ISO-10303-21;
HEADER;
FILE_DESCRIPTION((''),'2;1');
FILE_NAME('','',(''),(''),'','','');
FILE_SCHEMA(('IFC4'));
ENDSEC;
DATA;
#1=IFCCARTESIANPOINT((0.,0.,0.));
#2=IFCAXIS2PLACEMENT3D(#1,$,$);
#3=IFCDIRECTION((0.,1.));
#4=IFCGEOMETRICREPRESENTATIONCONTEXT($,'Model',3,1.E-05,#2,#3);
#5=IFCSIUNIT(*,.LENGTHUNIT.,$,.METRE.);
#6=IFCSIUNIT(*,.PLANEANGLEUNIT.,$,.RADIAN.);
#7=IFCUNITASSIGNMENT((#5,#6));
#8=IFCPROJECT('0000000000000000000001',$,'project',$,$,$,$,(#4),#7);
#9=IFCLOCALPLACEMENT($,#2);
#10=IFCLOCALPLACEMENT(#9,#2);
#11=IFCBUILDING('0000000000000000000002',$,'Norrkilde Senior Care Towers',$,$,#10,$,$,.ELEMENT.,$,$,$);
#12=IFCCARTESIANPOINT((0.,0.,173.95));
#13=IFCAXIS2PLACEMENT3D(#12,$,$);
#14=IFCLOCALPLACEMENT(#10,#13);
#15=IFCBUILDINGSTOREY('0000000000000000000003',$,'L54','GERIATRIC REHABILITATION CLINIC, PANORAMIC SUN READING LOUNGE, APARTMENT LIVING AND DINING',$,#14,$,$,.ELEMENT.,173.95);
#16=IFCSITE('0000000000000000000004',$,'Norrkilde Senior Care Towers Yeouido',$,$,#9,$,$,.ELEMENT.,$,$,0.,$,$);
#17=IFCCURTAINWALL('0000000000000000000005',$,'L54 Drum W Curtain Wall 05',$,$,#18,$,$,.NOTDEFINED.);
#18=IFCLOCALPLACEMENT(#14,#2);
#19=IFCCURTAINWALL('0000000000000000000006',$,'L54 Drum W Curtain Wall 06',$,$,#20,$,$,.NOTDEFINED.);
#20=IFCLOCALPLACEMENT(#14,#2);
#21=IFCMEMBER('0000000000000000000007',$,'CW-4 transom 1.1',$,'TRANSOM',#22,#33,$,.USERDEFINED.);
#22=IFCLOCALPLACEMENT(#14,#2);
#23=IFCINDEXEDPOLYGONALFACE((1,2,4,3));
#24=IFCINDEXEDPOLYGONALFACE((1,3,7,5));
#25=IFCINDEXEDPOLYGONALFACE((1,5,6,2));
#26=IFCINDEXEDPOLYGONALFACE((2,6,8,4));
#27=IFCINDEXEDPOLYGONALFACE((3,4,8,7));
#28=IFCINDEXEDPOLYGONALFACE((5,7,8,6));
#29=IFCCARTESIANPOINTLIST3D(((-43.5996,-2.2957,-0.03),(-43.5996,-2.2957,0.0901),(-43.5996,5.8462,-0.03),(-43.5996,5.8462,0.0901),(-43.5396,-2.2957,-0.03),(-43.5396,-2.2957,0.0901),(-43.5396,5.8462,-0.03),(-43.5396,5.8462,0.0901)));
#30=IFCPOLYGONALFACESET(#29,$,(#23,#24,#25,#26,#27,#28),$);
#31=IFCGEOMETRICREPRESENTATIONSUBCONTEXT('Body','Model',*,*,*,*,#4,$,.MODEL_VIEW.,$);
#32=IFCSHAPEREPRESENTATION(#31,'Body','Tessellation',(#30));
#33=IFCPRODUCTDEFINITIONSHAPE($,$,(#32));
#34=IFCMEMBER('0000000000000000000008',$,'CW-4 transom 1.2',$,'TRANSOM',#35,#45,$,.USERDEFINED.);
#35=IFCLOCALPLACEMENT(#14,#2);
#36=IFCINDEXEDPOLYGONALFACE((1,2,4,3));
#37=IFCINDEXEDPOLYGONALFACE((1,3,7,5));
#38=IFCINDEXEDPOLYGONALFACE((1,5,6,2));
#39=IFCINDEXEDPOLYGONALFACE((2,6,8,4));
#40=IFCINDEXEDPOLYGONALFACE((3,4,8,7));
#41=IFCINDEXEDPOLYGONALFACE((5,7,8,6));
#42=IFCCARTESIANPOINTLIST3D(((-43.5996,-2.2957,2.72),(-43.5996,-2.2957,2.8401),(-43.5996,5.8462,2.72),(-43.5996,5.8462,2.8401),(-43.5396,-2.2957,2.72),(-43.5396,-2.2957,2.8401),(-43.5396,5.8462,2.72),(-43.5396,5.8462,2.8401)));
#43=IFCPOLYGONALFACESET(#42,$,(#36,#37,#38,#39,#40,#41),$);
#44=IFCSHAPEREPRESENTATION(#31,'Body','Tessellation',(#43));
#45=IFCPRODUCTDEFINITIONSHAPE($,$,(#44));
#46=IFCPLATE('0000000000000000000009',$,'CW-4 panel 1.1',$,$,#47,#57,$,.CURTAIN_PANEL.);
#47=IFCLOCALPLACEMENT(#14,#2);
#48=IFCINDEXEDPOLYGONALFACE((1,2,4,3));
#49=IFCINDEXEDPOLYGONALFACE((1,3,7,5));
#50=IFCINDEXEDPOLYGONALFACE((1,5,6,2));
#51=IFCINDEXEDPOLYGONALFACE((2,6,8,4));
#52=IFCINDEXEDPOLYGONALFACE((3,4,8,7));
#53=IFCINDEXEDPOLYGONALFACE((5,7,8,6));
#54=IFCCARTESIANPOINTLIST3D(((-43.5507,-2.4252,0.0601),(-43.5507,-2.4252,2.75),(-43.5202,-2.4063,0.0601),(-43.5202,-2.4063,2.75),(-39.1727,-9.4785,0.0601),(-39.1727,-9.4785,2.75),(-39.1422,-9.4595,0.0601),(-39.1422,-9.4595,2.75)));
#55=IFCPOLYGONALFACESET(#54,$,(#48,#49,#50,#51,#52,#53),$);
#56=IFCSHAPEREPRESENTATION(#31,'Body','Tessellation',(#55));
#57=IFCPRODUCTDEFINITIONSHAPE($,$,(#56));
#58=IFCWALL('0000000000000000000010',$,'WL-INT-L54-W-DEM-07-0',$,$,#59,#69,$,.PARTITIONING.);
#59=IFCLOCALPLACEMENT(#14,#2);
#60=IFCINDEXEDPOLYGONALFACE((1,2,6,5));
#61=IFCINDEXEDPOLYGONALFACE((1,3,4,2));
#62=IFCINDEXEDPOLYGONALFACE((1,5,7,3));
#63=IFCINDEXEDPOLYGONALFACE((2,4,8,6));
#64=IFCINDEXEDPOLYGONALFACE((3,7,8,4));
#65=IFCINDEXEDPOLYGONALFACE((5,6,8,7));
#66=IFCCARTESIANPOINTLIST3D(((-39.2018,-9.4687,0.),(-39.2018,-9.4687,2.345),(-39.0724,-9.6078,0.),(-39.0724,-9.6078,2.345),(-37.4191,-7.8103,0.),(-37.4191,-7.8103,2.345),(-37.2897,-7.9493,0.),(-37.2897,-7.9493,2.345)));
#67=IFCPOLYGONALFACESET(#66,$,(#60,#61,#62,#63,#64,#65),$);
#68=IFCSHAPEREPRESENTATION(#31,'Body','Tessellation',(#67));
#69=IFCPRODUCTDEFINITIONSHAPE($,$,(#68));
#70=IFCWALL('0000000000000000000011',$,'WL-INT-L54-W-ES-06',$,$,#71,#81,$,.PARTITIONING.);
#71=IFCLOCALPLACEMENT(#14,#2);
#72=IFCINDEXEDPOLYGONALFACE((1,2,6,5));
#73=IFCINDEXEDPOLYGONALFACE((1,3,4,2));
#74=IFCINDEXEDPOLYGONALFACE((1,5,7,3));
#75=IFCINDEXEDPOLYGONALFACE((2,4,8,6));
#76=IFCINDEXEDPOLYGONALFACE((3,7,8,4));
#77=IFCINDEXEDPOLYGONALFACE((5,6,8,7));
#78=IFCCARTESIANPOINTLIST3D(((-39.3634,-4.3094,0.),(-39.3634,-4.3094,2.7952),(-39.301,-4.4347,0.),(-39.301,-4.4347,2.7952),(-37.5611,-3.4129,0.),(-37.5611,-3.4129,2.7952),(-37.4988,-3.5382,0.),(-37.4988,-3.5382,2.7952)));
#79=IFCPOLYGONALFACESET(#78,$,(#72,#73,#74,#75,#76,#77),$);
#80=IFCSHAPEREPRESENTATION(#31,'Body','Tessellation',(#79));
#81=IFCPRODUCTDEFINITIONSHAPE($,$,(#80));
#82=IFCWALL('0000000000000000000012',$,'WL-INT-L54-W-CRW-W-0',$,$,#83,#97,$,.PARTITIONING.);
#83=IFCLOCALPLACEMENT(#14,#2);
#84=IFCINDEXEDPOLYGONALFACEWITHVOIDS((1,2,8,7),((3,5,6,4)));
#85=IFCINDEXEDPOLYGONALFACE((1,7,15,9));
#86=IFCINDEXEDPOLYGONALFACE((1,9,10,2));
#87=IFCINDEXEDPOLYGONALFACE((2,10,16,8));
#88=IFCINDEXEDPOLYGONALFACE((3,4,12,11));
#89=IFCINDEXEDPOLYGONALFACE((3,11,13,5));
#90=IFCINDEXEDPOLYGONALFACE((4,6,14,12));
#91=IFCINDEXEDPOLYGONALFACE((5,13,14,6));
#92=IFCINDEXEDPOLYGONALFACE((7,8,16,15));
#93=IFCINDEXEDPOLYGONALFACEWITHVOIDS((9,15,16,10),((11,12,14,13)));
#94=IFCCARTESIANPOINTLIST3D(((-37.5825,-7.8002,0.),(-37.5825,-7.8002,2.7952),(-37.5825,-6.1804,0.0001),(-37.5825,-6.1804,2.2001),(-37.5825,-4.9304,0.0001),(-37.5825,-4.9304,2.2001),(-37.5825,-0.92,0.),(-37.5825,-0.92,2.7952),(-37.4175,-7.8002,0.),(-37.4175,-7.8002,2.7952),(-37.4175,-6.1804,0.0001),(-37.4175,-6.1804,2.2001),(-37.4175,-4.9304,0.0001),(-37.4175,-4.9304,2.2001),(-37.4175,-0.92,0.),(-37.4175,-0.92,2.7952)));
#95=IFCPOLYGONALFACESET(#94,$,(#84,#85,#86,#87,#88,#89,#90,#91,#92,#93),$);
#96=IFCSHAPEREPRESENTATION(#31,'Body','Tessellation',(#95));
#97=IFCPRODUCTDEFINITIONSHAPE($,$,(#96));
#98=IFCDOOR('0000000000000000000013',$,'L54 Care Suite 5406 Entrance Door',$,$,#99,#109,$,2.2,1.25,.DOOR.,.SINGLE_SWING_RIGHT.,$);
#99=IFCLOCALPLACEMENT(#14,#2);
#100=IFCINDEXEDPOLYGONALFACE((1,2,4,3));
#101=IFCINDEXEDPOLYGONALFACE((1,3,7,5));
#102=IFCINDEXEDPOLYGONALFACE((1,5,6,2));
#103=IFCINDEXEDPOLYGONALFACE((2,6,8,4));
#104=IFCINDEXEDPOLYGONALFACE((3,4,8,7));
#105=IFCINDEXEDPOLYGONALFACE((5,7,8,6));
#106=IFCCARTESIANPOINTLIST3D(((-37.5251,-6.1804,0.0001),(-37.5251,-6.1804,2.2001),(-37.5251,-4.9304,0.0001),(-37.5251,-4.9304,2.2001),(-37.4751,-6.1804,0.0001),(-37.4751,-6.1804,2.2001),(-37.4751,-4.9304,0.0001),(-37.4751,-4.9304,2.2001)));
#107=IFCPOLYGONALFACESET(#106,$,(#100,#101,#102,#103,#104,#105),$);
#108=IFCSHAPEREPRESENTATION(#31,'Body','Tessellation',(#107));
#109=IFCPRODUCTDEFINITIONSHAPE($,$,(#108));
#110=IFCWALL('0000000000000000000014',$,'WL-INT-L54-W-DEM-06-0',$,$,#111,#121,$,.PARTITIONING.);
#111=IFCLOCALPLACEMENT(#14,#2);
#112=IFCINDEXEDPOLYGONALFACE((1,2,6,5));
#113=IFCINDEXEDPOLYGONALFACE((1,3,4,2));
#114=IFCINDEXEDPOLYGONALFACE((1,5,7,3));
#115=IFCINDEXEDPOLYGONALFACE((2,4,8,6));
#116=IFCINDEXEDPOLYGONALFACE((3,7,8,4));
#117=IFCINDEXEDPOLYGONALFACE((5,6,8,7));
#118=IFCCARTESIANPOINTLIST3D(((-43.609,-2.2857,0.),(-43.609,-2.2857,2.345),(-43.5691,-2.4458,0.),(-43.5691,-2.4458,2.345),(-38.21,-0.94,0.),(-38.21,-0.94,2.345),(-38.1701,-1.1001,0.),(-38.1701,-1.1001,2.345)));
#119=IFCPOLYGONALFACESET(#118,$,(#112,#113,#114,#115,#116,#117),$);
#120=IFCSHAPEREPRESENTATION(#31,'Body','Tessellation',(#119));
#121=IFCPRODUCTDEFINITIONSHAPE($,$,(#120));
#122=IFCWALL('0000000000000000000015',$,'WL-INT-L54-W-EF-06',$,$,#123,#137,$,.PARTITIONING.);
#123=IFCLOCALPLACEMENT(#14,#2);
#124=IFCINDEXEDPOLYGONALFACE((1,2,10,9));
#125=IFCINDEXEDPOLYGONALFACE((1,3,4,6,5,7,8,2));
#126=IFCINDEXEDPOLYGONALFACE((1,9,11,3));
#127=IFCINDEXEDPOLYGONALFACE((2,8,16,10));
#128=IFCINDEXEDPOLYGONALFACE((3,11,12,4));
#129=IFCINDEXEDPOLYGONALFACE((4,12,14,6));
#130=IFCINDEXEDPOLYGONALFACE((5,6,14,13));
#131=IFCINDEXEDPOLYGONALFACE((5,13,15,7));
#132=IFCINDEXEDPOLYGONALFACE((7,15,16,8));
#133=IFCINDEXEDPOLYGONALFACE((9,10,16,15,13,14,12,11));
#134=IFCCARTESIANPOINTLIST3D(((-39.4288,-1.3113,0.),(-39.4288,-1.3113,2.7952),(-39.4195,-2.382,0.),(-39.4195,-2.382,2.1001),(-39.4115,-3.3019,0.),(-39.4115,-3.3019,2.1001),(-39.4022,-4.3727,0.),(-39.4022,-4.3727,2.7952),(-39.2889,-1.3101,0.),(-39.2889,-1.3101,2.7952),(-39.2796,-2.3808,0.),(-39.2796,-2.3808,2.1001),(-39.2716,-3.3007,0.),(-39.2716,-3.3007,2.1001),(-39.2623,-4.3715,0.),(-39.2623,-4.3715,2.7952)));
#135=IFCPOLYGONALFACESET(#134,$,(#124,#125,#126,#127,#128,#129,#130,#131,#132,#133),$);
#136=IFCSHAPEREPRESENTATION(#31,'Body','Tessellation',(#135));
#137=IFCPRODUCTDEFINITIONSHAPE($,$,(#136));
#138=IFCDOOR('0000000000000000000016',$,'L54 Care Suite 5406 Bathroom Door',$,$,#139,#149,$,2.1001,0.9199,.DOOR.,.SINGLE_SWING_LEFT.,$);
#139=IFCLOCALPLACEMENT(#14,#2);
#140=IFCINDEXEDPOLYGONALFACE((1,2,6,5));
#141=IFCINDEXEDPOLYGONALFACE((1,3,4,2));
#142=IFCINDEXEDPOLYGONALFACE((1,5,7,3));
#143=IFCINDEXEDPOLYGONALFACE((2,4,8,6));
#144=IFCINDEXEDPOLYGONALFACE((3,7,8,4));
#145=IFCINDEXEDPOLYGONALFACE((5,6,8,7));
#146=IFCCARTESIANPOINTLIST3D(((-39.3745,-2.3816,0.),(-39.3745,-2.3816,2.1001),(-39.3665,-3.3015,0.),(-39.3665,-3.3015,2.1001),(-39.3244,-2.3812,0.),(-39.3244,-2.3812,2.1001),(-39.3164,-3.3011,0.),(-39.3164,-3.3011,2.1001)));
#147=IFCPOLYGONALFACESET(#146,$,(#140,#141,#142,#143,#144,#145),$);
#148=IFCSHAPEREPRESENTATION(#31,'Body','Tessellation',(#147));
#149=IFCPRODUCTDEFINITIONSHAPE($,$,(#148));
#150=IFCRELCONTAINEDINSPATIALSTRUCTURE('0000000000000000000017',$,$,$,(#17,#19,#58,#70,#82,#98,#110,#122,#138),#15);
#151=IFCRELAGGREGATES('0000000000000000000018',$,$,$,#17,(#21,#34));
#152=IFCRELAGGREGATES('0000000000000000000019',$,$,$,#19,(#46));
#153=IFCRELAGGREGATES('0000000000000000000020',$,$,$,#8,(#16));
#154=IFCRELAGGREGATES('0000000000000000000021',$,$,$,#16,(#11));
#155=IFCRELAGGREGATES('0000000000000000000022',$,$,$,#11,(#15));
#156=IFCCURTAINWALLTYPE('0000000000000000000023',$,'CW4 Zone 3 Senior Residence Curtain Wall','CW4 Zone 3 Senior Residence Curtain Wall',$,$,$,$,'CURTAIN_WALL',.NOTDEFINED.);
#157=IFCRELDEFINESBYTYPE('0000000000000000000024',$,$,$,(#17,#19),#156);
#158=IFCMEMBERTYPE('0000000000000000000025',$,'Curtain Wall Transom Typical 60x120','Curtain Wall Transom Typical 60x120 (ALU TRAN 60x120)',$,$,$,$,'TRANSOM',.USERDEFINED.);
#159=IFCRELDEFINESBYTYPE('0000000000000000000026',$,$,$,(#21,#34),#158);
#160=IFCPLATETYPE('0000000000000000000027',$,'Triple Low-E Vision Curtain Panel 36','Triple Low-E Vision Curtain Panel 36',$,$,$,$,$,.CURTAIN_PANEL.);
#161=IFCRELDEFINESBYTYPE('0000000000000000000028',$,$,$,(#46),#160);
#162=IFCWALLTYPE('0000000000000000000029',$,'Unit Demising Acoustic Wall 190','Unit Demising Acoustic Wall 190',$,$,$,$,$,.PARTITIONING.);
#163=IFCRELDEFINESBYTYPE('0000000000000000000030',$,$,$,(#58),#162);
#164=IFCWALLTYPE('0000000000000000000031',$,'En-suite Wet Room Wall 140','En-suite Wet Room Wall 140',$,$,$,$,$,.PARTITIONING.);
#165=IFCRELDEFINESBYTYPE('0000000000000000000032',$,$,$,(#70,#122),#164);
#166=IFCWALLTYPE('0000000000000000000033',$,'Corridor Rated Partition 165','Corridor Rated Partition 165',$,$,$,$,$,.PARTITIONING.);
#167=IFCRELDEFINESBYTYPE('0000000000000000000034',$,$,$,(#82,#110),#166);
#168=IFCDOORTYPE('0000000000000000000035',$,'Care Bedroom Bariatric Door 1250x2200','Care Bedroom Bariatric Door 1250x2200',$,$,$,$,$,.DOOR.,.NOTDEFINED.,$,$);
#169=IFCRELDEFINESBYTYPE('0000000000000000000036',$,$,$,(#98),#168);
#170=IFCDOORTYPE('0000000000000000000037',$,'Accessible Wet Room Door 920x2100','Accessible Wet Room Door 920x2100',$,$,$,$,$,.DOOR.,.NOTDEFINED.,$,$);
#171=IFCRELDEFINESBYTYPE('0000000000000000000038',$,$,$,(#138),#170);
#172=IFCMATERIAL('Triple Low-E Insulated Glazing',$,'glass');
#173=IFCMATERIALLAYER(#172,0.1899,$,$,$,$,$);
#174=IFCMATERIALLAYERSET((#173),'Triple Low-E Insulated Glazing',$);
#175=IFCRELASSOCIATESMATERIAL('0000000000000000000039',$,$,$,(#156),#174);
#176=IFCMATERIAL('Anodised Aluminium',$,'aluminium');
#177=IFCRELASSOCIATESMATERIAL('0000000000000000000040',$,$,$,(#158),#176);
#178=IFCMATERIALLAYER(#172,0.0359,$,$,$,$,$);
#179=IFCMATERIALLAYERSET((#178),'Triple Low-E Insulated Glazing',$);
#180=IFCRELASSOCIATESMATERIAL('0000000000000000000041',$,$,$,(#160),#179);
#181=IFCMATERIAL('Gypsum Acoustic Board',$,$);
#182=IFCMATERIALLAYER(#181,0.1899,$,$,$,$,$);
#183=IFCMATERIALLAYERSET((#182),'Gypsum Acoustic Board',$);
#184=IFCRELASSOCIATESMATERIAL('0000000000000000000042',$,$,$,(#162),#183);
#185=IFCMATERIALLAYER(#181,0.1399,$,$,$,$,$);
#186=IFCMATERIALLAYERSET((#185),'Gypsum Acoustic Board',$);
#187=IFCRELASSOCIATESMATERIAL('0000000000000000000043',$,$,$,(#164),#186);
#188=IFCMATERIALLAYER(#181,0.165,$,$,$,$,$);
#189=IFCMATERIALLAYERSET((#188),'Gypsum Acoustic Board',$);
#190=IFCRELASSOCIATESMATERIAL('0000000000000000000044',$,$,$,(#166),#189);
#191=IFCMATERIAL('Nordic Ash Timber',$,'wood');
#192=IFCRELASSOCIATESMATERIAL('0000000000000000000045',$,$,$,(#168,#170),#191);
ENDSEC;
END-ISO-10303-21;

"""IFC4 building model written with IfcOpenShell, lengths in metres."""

from ifc_helpers import new_model, si_unit, direction, frame, frame_2d, origin, origin_2d, place, context, subcontext, project, spatial, rectangle, extrude, source, transform, mapped, material, layer, layer_set, material_profile, profile_set, type_object, type_shapes, element, fill, aggregate, save


model = new_model("IFC4")

# Units and contexts
model_context = context("Model", 3, precision=1e-05, world=origin(), true_north=direction((0.0, 1.0)))
body_context = subcontext(model_context, "Body", "Model", "MODEL_VIEW")
ifc_project = project(units=[si_unit("LENGTHUNIT", "METRE"), si_unit("PLANEANGLEUNIT", "RADIAN")], contexts=[model_context])

# Site, building, storey
site_placement = place(None, origin())
site = spatial("IfcSite", under=ifc_project, at=site_placement, Name="Norrkilde Senior Care Towers Yeouido", CompositionType="ELEMENT", RefElevation=0.0)
building_placement = place(site_placement, origin())
building = spatial("IfcBuilding", under=site, at=building_placement, Name="Norrkilde Senior Care Towers", CompositionType="ELEMENT")
storey_placement = place(building_placement, frame((0.0, 0.0, 173.95)))
storey = spatial("IfcBuildingStorey", under=building, at=storey_placement, Name="L54", Description="GERIATRIC REHABILITATION CLINIC, PANORAMIC SUN READING LOUNGE, APARTMENT LIVING AND DINING", CompositionType="ELEMENT", Elevation=173.95)

# Curtain wall
ifc_material_1 = material(Name="Triple Low-E Insulated Glazing", Category="glass")
ifc_layer_1 = layer(ifc_material_1, 0.1899)
ifc_layer_set_1 = layer_set([ifc_layer_1], Name="Triple Low-E Insulated Glazing")
curtain_wall_type = type_object("IfcCurtainWallType", Name="CW4 Zone 3 Senior Residence Curtain Wall", Description="CW4 Zone 3 Senior Residence Curtain Wall", ElementType="CURTAIN_WALL", PredefinedType="NOTDEFINED", material=ifc_layer_set_1)
curtain_wall_1_placement = place(storey_placement, origin())
curtain_wall_1 = element("IfcCurtainWall", 1, at=curtain_wall_1_placement, inside=storey, type_object=curtain_wall_type, Name="L54 Drum W Curtain Wall 05", PredefinedType="NOTDEFINED")
ifc_material_2 = material(Name="Anodised Aluminium", Category="aluminium")

# Curtain wall
curtain_wall_2_placement = place(storey_placement, origin())
curtain_wall_2 = element("IfcCurtainWall", 2, at=curtain_wall_2_placement, inside=storey, type_object=curtain_wall_type, Name="L54 Drum W Curtain Wall 06", PredefinedType="NOTDEFINED")

# Members
ifc_material_profile_1 = material_profile(ifc_material_2, rectangle(XDim=0.0601, YDim=0.1201, at=origin_2d()), Name="ALU TRAN 60x120")
ifc_profile_set_1 = profile_set([ifc_material_profile_1], Name="Anodised Aluminium")
member_type_1 = type_object("IfcMemberType", Name="Curtain Wall Transom Typical 60x120", Description="Curtain Wall Transom Typical 60x120 (ALU TRAN 60x120)", ElementType="TRANSOM", PredefinedType="USERDEFINED", material=ifc_profile_set_1)
shared_shape_1 = source(origin(), body_context, "Body", "SweptSolid", [
    extrude(rectangle(XDim=0.0601, YDim=0.1201, at=origin_2d()), origin(), (0.0, 0.0, 1.0), 8.1418),
])
member_1_placement = place(storey_placement, frame((-43.5696, -2.2957, 0.03), z_axis=(0.0, 1.0, 0.0), x_axis=(-1.0, 0.0, 0.0)))
member_1 = element("IfcMember", 3, at=member_1_placement, type_object=member_type_1, Name="CW-4 transom 1.1", ObjectType="TRANSOM", PredefinedType="USERDEFINED", context=body_context, shape_type="MappedRepresentation", body=[
    mapped(shared_shape_1, transform((0.0, 0.0, 0.0), x_axis=(1.0, 0.0, 0.0), y_axis=(0.0, 1.0, 0.0), z_axis=(0.0, 0.0, 1.0), scale=1.0)),
])
member_2_placement = place(storey_placement, frame((-43.5696, -2.2957, 2.78), z_axis=(0.0, 1.0, 0.0), x_axis=(-1.0, 0.0, 0.0)))
member_2 = element("IfcMember", 4, at=member_2_placement, type_object=member_type_1, Name="CW-4 transom 1.2", ObjectType="TRANSOM", PredefinedType="USERDEFINED", context=body_context, shape_type="MappedRepresentation", body=[
    mapped(shared_shape_1, transform((0.0, 0.0, 0.0), x_axis=(1.0, 0.0, 0.0), y_axis=(0.0, 1.0, 0.0), z_axis=(0.0, 0.0, 1.0), scale=1.0)),
])
aggregate(curtain_wall_1, [member_1, member_2])

# Plate
ifc_layer_2 = layer(ifc_material_1, 0.0359)
ifc_layer_set_2 = layer_set([ifc_layer_2], Name="Triple Low-E Insulated Glazing")
plate_type = type_object("IfcPlateType", Name="Triple Low-E Vision Curtain Panel 36", Description="Triple Low-E Vision Curtain Panel 36", PredefinedType="CURTAIN_PANEL", material=ifc_layer_set_2)
shared_shape_2 = source(origin(), body_context, "Body", "SweptSolid", [
    extrude(rectangle(XDim=8.3015, YDim=0.0359, at=origin_2d()), origin(), (0.0, 0.0, 1.0), 2.6899),
])
type_shapes(plate_type, [shared_shape_2])
plate_placement = place(storey_placement, frame((-41.3464, -5.9424, 0.0601), z_axis=(0.0, 0.0, 1.0), x_axis=(-0.527373, 0.849634, 0.0)))
plate = element("IfcPlate", 5, at=plate_placement, type_object=plate_type, Name="CW-4 panel 1.1", PredefinedType="CURTAIN_PANEL", context=body_context, shape_type="MappedRepresentation", body=[
    mapped(shared_shape_2, transform((0.0, 0.0, 0.0), x_axis=(1.0, 0.0, 0.0), y_axis=(0.0, 1.0, 0.0), z_axis=(0.0, 0.0, 1.0), scale=1.0)),
])
aggregate(curtain_wall_2, [plate])

# Walls
ifc_material_3 = material(Name="Gypsum Acoustic Board")
ifc_layer_3 = layer(ifc_material_3, 0.1899)
ifc_layer_set_3 = layer_set([ifc_layer_3], Name="Gypsum Acoustic Board")
wall_type_1 = type_object("IfcWallType", Name="Unit Demising Acoustic Wall 190", Description="Unit Demising Acoustic Wall 190", PredefinedType="PARTITIONING", material=ifc_layer_set_3)
shared_shape_3 = source(origin(), body_context, "Body", "SweptSolid", [
    extrude(rectangle(XDim=2.4348, YDim=0.1899, at=frame_2d((1.2173, 0.0))), origin(), (0.0, 0.0, 1.0), 2.345),
])
type_shapes(wall_type_1, [shared_shape_3])
wall_1_placement = place(storey_placement, frame((-37.3545, -7.8799, 0.0), z_axis=(0.0, 0.0, 1.0), x_axis=(-0.732165, -0.681128, 0.0)))
element("IfcWall", 6, at=wall_1_placement, inside=storey, type_object=wall_type_1, Name="WL-INT-L54-W-DEM-07-0", PredefinedType="PARTITIONING", context=body_context, shape_type="MappedRepresentation", body=[
    mapped(shared_shape_3, transform((0.0, 0.0, 0.0), x_axis=(1.0, 0.0, 0.0), y_axis=(0.0, 1.0, 0.0), z_axis=(0.0, 0.0, 1.0), scale=1.0)),
])
ifc_layer_4 = layer(ifc_material_3, 0.1399)
ifc_layer_set_4 = layer_set([ifc_layer_4], Name="Gypsum Acoustic Board")
wall_type_2 = type_object("IfcWallType", Name="En-suite Wet Room Wall 140", Description="En-suite Wet Room Wall 140", PredefinedType="PARTITIONING", material=ifc_layer_set_4)
shared_shape_4 = source(origin(), body_context, "Body", "SweptSolid", [
    extrude(rectangle(XDim=2.0129, YDim=0.1399, at=frame_2d((1.0063, 0.0))), origin(), (0.0, 0.0, 1.0), 2.7952),
])
wall_2_placement = place(storey_placement, frame((-37.53, -3.4756, 0.0), z_axis=(0.0, 0.0, 1.0), x_axis=(-0.895347, -0.445369, 0.0)))
element("IfcWall", 7, at=wall_2_placement, inside=storey, type_object=wall_type_2, Name="WL-INT-L54-W-ES-06", PredefinedType="PARTITIONING", context=body_context, shape_type="MappedRepresentation", body=[
    mapped(shared_shape_4, transform((0.0, 0.0, 0.0), x_axis=(1.0, 0.0, 0.0), y_axis=(0.0, 1.0, 0.0), z_axis=(0.0, 0.0, 1.0), scale=1.0)),
])

# Wall, opening, door
ifc_layer_5 = layer(ifc_material_3, 0.165)
ifc_layer_set_5 = layer_set([ifc_layer_5], Name="Gypsum Acoustic Board")
wall_type_3 = type_object("IfcWallType", Name="Corridor Rated Partition 165", Description="Corridor Rated Partition 165", PredefinedType="PARTITIONING", material=ifc_layer_set_5)
shared_shape_5 = source(origin(), body_context, "Body", "SweptSolid", [
    extrude(rectangle(XDim=6.8801, YDim=0.165, at=frame_2d((3.4399, 0.0))), origin(), (0.0, 0.0, 1.0), 2.7952),
])
wall_3_placement = place(storey_placement, frame((-37.5, -7.8, 0.0), z_axis=(0.0, 0.0, 1.0), x_axis=(0.0, 1.0, 0.0)))
wall_3 = element("IfcWall", 8, at=wall_3_placement, inside=storey, type_object=wall_type_3, Name="WL-INT-L54-W-CRW-W-0", PredefinedType="PARTITIONING", context=body_context, shape_type="MappedRepresentation", body=[
    mapped(shared_shape_5, transform((0.0, 0.0, 0.0), x_axis=(1.0, 0.0, 0.0), y_axis=(0.0, 1.0, 0.0), z_axis=(0.0, 0.0, 1.0), scale=1.0)),
])
opening_1_placement = place(wall_3_placement, frame((1.6196, 0.0, 0.0)))
opening_1 = element("IfcOpeningElement", 9, at=opening_1_placement, cuts=wall_3, PredefinedType="OPENING", context=body_context, shape_type="SweptSolid", body=[
    extrude(rectangle(XDim=1.25, YDim=2.2, at=frame_2d((0.625, 1.1001))), frame((0.0, 0.0925, 0.0), z_axis=(0.0, -1.0, 0.0), x_axis=(1.0, 0.0, 0.0)), (0.0, 0.0, 1.0), 0.1851),
])
ifc_material_4 = material(Name="Nordic Ash Timber", Category="wood")
door_type_1 = type_object("IfcDoorType", Name="Care Bedroom Bariatric Door 1250x2200", Description="Care Bedroom Bariatric Door 1250x2200", OperationType="NOTDEFINED", PredefinedType="DOOR", material=ifc_material_4)
shared_shape_6 = source(origin(), body_context, "Body", "SweptSolid", [
    extrude(rectangle(XDim=1.25, YDim=2.2, at=frame_2d((0.625, 1.1001))), frame((0.0, 0.0249, 0.0), z_axis=(0.0, -1.0, 0.0), x_axis=(1.0, 0.0, 0.0)), (0.0, 0.0, 1.0), 0.05),
])
type_shapes(door_type_1, [shared_shape_6])
door_1_placement = place(opening_1_placement, frame((1.25, 0.0, 0.0), z_axis=(0.0, 0.0, 1.0), x_axis=(-1.0, 0.0, 0.0)))
door_1 = element("IfcDoor", 10, at=door_1_placement, inside=storey, type_object=door_type_1, Name="L54 Care Suite 5406 Entrance Door", OperationType="SINGLE_SWING_RIGHT", OverallHeight=2.2, OverallWidth=1.25, PredefinedType="DOOR", context=body_context, shape_type="MappedRepresentation", body=[
    mapped(shared_shape_6, transform((0.0, 0.0, 0.0), x_axis=(1.0, 0.0, 0.0), y_axis=(0.0, 1.0, 0.0), z_axis=(0.0, 0.0, 1.0), scale=1.0)),
])
fill(opening_1, door_1)

# Wall
shared_shape_7 = source(origin(), body_context, "Body", "SweptSolid", [
    extrude(rectangle(XDim=5.5642, YDim=0.165, at=frame_2d((2.7822, 0.0))), origin(), (0.0, 0.0, 1.0), 2.345),
])
type_shapes(wall_type_3, [shared_shape_5, shared_shape_7])
wall_4_placement = place(storey_placement, frame((-38.1899, -1.02, 0.0), z_axis=(0.0, 0.0, 1.0), x_axis=(-0.970313, -0.241854, 0.0)))
element("IfcWall", 11, at=wall_4_placement, inside=storey, type_object=wall_type_3, Name="WL-INT-L54-W-DEM-06-0", PredefinedType="PARTITIONING", context=body_context, shape_type="MappedRepresentation", body=[
    mapped(shared_shape_7, transform((0.0, 0.0, 0.0), x_axis=(1.0, 0.0, 0.0), y_axis=(0.0, 1.0, 0.0), z_axis=(0.0, 0.0, 1.0), scale=1.0)),
])

# Wall, opening, door
shared_shape_8 = source(origin(), body_context, "Body", "SweptSolid", [
    extrude(rectangle(XDim=3.0615, YDim=0.1399, at=frame_2d((1.5308, 0.0))), origin(), (0.0, 0.0, 1.0), 2.7952),
])
type_shapes(wall_type_2, [shared_shape_4, shared_shape_8])
wall_5_placement = place(storey_placement, frame((-39.3323, -4.3721, 0.0), z_axis=(0.0, 0.0, 1.0), x_axis=(-0.008692, 0.999962, 0.0)))
wall_5 = element("IfcWall", 12, at=wall_5_placement, inside=storey, type_object=wall_type_2, Name="WL-INT-L54-W-EF-06", PredefinedType="PARTITIONING", context=body_context, shape_type="MappedRepresentation", body=[
    mapped(shared_shape_8, transform((0.0, 0.0, 0.0), x_axis=(1.0, 0.0, 0.0), y_axis=(0.0, 1.0, 0.0), z_axis=(0.0, 0.0, 1.0), scale=1.0)),
])
opening_2_placement = place(wall_5_placement, frame((1.0708, 0.0, 0.0)))
opening_2 = element("IfcOpeningElement", 13, at=opening_2_placement, cuts=wall_5, PredefinedType="OPENING", context=body_context, shape_type="SweptSolid", body=[
    extrude(rectangle(XDim=0.9199, YDim=2.1001, at=frame_2d((0.46, 1.05))), frame((0.0, 0.0798, 0.0), z_axis=(0.0, -1.0, 0.0), x_axis=(1.0, 0.0, 0.0)), (0.0, 0.0, 1.0), 0.1599),
])
door_type_2 = type_object("IfcDoorType", Name="Accessible Wet Room Door 920x2100", Description="Accessible Wet Room Door 920x2100", OperationType="NOTDEFINED", PredefinedType="DOOR", material=ifc_material_4)
shared_shape_9 = source(origin(), body_context, "Body", "SweptSolid", [
    extrude(rectangle(XDim=0.9199, YDim=2.1001, at=frame_2d((0.46, 1.05))), frame((0.0, 0.0249, 0.0), z_axis=(0.0, -1.0, 0.0), x_axis=(1.0, 0.0, 0.0)), (0.0, 0.0, 1.0), 0.05),
])
type_shapes(door_type_2, [shared_shape_9])
door_2_placement = place(opening_2_placement, origin())
door_2 = element("IfcDoor", 14, at=door_2_placement, inside=storey, type_object=door_type_2, Name="L54 Care Suite 5406 Bathroom Door", OperationType="SINGLE_SWING_LEFT", OverallHeight=2.1001, OverallWidth=0.9199, PredefinedType="DOOR", context=body_context, shape_type="MappedRepresentation", body=[
    mapped(shared_shape_9, transform((0.0, 0.0, 0.0), x_axis=(1.0, 0.0, 0.0), y_axis=(0.0, 1.0, 0.0), z_axis=(0.0, 0.0, 1.0), scale=1.0)),
])
fill(opening_2, door_2)

save(model, "model.ifc")
